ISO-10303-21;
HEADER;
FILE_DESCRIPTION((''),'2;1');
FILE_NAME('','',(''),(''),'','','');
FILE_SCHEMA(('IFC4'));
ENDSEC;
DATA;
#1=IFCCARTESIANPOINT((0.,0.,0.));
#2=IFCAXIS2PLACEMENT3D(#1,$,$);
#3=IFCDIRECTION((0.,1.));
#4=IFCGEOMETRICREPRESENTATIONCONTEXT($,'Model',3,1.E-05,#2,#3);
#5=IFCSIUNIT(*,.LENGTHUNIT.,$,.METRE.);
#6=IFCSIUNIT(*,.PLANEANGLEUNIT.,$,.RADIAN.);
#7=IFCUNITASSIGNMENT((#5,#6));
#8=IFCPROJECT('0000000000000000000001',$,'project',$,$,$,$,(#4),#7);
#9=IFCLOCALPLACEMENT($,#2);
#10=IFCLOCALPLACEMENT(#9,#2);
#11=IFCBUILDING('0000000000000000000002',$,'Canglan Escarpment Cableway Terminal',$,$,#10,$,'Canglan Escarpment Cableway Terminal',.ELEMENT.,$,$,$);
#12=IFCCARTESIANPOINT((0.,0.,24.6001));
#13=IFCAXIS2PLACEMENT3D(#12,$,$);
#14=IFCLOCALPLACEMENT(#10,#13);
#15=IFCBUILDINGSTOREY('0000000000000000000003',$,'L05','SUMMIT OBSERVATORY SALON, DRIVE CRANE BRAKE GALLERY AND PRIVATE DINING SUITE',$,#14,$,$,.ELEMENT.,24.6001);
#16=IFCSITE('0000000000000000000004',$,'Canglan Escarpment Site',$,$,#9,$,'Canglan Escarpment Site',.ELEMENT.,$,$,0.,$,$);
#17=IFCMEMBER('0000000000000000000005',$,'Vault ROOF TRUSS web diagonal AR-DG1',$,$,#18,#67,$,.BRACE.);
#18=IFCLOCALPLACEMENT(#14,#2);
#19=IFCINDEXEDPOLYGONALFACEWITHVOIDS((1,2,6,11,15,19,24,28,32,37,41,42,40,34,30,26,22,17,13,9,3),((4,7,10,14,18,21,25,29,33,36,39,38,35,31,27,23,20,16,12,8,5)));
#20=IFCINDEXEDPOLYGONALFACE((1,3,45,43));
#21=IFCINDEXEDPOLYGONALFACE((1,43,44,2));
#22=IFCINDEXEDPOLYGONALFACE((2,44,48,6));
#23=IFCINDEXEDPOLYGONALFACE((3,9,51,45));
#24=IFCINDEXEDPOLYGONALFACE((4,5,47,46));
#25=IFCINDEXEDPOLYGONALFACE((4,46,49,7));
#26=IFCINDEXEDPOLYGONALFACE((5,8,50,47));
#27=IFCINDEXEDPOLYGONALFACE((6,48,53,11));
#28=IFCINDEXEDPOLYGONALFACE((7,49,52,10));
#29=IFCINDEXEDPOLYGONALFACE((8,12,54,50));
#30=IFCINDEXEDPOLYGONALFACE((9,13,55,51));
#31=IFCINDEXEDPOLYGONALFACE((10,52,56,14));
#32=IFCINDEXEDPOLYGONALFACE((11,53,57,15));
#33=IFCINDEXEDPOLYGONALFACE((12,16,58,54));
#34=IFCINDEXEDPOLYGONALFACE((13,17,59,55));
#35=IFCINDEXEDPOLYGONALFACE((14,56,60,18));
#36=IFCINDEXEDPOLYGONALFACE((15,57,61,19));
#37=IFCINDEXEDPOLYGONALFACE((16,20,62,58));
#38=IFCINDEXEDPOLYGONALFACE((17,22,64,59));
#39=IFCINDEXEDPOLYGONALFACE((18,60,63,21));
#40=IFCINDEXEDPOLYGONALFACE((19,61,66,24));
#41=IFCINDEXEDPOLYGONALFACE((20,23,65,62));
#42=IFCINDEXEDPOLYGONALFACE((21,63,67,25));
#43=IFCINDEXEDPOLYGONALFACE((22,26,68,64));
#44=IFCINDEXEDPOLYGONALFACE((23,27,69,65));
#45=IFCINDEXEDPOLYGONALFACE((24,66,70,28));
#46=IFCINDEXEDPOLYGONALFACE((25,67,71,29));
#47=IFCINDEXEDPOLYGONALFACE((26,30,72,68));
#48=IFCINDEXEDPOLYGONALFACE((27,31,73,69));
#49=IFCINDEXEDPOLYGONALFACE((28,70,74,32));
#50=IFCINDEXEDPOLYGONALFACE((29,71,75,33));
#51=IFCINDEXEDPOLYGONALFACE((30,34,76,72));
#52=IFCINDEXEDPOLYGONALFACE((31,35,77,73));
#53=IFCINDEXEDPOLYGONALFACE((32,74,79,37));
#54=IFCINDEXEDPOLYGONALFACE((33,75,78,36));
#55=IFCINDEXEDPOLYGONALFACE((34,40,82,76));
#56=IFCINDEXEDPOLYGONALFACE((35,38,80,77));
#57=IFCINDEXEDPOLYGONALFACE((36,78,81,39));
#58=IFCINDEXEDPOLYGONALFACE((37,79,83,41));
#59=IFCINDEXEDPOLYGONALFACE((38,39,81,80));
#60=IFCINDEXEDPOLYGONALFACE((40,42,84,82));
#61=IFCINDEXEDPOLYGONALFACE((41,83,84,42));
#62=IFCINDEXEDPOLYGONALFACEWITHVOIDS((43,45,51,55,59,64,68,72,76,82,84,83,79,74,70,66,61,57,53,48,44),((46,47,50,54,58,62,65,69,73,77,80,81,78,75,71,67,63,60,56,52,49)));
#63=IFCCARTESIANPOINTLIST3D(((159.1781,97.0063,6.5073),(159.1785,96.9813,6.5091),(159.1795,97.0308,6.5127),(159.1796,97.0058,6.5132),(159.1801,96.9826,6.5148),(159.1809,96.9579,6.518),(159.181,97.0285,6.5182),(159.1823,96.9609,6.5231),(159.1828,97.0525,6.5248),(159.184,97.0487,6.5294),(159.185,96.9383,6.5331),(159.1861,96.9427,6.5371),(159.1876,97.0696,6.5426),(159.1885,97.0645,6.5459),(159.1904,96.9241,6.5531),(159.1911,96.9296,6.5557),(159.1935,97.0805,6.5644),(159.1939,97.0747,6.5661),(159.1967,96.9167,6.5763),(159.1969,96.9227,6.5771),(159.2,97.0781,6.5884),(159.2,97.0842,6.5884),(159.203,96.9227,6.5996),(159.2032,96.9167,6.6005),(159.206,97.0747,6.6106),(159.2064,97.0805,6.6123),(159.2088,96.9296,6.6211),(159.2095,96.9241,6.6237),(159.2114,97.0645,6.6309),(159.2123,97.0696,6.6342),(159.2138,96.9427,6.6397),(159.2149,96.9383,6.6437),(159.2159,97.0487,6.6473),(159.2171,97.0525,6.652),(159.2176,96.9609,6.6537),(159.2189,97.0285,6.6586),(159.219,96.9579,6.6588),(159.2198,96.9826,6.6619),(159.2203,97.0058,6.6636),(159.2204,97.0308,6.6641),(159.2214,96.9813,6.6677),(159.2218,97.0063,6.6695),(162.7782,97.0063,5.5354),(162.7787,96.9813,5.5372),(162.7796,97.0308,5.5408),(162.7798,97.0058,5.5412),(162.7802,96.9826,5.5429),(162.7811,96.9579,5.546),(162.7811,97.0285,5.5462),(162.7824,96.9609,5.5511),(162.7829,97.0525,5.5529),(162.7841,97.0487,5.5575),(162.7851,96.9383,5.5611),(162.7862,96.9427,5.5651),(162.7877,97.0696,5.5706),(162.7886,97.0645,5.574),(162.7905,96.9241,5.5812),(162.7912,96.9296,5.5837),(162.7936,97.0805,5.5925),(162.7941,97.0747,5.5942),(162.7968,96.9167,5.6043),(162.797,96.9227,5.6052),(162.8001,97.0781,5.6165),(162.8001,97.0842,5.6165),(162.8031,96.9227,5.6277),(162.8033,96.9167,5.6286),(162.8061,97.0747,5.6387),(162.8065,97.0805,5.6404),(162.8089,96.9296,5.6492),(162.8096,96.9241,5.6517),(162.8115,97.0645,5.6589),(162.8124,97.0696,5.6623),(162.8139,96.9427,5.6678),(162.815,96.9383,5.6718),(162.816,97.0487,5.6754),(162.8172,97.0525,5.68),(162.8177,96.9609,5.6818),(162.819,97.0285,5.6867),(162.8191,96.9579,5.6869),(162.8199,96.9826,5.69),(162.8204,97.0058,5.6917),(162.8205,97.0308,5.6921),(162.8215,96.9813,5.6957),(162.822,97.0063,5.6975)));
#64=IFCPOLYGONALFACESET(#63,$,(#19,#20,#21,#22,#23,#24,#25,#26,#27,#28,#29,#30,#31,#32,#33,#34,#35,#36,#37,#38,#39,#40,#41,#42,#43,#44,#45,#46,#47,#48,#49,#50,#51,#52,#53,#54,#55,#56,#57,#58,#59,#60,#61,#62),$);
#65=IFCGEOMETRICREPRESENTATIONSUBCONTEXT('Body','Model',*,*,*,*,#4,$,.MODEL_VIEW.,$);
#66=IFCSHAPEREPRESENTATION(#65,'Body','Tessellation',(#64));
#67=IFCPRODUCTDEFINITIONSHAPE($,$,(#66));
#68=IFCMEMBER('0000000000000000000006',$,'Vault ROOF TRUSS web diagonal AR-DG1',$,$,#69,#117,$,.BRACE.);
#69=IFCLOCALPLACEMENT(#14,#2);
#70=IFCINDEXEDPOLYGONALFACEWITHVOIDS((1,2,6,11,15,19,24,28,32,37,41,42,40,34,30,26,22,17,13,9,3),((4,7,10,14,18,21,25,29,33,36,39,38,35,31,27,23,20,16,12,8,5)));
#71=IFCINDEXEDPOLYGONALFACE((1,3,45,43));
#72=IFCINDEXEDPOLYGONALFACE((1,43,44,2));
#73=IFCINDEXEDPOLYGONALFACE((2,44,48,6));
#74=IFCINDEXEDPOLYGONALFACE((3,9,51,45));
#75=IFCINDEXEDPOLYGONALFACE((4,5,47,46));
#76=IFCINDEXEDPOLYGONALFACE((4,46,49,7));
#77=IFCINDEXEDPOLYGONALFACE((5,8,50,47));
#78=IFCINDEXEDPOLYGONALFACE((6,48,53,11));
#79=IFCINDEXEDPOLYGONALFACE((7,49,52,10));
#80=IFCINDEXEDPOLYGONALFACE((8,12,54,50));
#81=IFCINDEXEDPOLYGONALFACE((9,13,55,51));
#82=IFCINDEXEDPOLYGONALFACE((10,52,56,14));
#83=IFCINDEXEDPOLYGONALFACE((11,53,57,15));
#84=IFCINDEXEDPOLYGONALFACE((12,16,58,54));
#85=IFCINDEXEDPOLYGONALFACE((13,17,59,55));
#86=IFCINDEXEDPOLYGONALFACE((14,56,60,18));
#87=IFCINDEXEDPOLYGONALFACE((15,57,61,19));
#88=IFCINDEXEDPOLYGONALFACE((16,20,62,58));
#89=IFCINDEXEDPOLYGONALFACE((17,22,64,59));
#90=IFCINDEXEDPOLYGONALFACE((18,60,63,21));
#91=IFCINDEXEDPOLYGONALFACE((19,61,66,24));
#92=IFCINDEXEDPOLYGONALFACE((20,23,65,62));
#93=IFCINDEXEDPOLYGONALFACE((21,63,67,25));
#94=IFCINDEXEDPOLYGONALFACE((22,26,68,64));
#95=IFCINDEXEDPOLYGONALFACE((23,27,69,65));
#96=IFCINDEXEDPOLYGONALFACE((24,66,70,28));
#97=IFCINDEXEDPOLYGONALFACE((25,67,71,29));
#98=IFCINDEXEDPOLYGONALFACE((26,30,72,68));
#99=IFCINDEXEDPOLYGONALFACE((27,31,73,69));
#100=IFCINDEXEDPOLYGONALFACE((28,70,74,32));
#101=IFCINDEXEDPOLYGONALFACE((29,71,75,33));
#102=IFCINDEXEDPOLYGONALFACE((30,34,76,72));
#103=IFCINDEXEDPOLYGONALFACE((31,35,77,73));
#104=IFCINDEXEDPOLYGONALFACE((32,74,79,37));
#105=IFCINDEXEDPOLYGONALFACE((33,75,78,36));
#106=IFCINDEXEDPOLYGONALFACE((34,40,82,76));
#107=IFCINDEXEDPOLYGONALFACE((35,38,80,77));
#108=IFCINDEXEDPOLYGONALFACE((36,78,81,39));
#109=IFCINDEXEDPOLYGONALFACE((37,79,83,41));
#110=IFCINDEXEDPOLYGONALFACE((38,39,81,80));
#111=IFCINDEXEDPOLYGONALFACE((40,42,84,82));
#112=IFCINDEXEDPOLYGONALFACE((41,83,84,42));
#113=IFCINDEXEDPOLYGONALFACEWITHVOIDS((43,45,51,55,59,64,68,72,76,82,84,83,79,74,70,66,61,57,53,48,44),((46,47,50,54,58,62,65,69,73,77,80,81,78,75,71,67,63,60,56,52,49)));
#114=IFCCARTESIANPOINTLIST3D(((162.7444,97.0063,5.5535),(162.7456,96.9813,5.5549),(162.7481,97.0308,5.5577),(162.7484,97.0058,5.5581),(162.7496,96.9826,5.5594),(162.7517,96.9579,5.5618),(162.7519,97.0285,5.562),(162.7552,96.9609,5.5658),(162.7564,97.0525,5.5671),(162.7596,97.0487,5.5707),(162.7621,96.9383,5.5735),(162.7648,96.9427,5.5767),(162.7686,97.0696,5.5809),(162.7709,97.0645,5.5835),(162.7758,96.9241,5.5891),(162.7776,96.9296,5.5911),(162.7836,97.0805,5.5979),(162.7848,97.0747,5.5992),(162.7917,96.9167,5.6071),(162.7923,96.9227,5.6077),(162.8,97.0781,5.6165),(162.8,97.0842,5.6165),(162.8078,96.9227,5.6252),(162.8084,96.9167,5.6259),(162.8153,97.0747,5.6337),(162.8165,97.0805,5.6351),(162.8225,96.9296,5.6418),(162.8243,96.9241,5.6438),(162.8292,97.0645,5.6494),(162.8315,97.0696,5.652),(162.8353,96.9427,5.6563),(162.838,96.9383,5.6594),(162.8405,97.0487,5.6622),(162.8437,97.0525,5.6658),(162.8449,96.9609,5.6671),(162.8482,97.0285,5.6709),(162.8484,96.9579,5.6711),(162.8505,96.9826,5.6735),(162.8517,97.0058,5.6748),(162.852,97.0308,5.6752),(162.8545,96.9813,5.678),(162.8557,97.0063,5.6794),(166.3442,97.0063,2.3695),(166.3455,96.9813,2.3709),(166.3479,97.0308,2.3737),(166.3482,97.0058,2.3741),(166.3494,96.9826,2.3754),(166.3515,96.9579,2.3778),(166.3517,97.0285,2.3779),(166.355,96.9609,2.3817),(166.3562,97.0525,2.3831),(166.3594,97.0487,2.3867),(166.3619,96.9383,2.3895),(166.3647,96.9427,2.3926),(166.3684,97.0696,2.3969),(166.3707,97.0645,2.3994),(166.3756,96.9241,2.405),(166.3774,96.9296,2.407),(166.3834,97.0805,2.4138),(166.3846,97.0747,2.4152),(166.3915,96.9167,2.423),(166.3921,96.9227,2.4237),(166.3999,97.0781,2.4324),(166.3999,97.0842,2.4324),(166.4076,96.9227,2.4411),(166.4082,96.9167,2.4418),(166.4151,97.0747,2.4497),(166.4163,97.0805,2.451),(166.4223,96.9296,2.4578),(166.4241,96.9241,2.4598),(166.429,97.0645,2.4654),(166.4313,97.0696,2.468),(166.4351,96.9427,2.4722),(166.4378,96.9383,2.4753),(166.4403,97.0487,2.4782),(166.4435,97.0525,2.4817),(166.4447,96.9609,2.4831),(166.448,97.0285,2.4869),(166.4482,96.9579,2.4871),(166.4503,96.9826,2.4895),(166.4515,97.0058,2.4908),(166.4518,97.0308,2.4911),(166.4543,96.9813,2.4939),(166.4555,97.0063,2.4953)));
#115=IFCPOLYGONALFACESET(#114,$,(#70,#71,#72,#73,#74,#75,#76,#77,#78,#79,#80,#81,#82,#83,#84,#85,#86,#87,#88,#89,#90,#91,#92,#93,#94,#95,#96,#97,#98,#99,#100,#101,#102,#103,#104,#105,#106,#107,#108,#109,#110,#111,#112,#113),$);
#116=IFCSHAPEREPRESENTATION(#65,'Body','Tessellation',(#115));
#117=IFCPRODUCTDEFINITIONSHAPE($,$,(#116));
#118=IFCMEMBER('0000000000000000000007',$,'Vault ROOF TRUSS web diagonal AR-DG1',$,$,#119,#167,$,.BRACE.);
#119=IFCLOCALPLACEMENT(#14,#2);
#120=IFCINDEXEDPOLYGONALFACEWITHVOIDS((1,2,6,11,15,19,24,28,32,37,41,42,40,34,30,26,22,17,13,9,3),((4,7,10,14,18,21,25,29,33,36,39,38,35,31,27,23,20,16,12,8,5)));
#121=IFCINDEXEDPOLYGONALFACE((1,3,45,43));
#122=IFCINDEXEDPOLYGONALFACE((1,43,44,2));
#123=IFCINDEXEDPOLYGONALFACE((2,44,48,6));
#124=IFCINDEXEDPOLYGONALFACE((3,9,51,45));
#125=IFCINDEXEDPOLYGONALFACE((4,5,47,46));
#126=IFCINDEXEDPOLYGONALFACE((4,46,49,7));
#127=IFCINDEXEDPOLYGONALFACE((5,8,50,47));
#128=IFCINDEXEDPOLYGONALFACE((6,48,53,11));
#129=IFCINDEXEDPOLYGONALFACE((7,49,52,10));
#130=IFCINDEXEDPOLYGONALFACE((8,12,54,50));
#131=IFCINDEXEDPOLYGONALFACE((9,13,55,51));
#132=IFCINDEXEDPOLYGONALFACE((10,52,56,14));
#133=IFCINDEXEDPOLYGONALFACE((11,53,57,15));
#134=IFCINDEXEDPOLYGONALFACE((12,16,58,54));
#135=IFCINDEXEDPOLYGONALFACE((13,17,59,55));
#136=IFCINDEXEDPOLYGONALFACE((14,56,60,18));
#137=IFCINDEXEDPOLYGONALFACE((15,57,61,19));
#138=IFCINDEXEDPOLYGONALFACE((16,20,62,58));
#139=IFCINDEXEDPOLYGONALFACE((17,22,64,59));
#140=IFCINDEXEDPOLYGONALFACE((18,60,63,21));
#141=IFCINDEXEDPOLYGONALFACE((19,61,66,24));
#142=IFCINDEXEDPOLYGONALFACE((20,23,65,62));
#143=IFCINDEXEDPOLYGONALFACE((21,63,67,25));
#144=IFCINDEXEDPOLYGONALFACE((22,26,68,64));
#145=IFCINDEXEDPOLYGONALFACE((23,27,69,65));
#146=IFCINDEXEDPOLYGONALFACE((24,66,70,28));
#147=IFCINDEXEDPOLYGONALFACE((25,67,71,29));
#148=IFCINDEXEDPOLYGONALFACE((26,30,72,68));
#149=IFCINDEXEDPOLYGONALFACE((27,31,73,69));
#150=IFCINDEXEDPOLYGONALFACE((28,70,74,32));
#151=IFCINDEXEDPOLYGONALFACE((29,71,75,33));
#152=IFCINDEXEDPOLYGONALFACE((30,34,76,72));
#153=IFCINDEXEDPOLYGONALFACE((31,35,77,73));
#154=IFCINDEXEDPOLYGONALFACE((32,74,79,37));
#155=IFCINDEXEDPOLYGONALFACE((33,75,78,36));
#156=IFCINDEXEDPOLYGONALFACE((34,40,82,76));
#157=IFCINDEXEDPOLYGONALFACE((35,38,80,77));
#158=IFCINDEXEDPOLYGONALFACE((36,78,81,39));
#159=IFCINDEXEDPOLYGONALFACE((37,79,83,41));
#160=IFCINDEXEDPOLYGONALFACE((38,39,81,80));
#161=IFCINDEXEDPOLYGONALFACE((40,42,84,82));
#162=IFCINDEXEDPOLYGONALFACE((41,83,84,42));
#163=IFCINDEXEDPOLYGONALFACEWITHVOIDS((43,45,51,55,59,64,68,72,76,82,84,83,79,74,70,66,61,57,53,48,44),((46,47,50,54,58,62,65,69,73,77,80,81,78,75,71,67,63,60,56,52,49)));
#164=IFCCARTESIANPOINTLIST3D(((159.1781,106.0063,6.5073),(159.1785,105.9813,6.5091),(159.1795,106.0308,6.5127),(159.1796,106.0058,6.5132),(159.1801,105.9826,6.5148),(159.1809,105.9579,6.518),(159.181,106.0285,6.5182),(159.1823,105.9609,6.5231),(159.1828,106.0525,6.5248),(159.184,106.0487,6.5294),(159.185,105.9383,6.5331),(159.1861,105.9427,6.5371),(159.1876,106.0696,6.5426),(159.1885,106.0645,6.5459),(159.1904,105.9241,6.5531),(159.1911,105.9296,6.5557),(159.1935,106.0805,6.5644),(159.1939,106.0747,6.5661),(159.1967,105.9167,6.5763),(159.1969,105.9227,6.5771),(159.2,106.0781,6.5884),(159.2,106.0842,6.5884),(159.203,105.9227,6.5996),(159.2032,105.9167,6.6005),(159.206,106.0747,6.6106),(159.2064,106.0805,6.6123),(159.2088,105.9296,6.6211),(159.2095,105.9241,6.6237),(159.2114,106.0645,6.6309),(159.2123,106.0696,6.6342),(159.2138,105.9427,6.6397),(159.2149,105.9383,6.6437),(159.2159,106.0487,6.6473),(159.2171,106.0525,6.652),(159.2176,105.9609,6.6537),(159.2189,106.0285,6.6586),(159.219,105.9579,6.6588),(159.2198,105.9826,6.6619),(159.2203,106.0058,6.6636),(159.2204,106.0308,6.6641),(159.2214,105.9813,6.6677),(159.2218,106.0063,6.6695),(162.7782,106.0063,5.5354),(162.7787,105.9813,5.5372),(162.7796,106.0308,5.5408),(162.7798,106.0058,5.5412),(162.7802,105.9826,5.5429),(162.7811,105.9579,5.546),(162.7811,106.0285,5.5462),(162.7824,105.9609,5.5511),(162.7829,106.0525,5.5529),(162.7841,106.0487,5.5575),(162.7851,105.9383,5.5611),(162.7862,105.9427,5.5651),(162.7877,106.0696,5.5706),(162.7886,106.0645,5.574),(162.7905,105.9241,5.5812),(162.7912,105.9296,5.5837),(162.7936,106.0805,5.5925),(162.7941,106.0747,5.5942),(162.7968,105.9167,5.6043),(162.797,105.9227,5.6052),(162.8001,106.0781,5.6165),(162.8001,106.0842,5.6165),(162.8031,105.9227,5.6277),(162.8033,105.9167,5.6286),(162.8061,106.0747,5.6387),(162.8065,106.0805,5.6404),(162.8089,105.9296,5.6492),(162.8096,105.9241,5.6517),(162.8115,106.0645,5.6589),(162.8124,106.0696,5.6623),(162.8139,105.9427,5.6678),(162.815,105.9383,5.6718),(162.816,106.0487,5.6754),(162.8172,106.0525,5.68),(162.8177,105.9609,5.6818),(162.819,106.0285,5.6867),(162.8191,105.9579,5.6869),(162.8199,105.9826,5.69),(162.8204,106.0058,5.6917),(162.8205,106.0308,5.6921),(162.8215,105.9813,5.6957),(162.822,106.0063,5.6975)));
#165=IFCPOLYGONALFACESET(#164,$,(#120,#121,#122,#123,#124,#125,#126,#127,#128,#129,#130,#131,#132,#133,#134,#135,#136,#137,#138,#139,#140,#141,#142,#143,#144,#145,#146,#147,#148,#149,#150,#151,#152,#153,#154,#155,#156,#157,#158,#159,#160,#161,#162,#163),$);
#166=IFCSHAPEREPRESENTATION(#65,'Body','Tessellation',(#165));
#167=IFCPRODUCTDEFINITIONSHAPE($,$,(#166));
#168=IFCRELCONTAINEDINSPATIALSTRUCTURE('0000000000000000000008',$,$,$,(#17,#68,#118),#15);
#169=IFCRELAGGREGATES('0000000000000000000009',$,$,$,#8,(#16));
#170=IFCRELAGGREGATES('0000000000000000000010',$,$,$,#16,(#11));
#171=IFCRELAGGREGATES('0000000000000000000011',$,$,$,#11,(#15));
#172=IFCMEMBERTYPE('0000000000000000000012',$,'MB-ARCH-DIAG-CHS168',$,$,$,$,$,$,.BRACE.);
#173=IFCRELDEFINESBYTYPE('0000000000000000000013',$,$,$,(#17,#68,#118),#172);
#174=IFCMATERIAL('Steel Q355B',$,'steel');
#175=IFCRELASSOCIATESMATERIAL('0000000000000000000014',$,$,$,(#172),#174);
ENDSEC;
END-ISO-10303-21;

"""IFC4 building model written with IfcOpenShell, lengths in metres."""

from ifc_helpers import new_model, si_unit, direction, frame, origin, origin_2d, place, context, subcontext, project, spatial, hollow_circle, extrude, material, material_profile, profile_set, type_object, element, save


model = new_model("IFC4")

# Units and contexts
model_context = context("Model", 3, precision=1e-05, world=origin(), true_north=direction((0.0, 1.0)))
body_context = subcontext(model_context, "Body", "Model", "MODEL_VIEW")
ifc_project = project(units=[si_unit("LENGTHUNIT", "METRE"), si_unit("PLANEANGLEUNIT", "RADIAN")], contexts=[model_context])

# Site, building, storey
site_placement = place(None, origin())
site = spatial("IfcSite", under=ifc_project, at=site_placement, Name="Canglan Escarpment Site", LongName="Canglan Escarpment Site", CompositionType="ELEMENT", RefElevation=0.0)
building_placement = place(site_placement, origin())
building = spatial("IfcBuilding", under=site, at=building_placement, Name="Canglan Escarpment Cableway Terminal", LongName="Canglan Escarpment Cableway Terminal", CompositionType="ELEMENT")
storey_placement = place(building_placement, frame((0.0, 0.0, 24.6001)))
storey = spatial("IfcBuildingStorey", under=building, at=storey_placement, Name="L05", Description="SUMMIT OBSERVATORY SALON, DRIVE CRANE BRAKE GALLERY AND PRIVATE DINING SUITE", CompositionType="ELEMENT", Elevation=24.6001)

# Shared definitions
ifc_material = material(Name="Steel Q355B", Category="steel")

# Members
ifc_material_profile_1 = material_profile(ifc_material, hollow_circle(Radius=0.0842, WallThickness=0.0061, at=origin_2d()), Name="CHS 168.3x6")
ifc_profile_set_1 = profile_set([ifc_material_profile_1], Name="Steel Q355B")
member_type_1 = type_object("IfcMemberType", Name="MB-ARCH-DIAG-CHS168", PredefinedType="BRACE", material=ifc_profile_set_1)
member_1_placement = place(storey_placement, frame((159.2, 97.0, 6.5884), z_axis=(0.965436, 0.0, -0.26064), x_axis=(0.0, 1.0, 0.0)))
element("IfcMember", 1, at=member_1_placement, inside=storey, type_object=member_type_1, Name="Vault ROOF TRUSS web diagonal AR-DG1", PredefinedType="BRACE", context=body_context, shape_type="SweptSolid", body=[
    extrude(hollow_circle(Radius=0.0842, WallThickness=0.0061, at=origin_2d()), origin(), (0.0, 0.0, 1.0), 3.729),
])
member_2_placement = place(storey_placement, frame((162.8, 97.0, 5.6165), z_axis=(0.749038, 0.0, -0.662527), x_axis=(0.0, 1.0, 0.0)))
element("IfcMember", 2, at=member_2_placement, inside=storey, type_object=member_type_1, Name="Vault ROOF TRUSS web diagonal AR-DG1", PredefinedType="BRACE", context=body_context, shape_type="SweptSolid", body=[
    extrude(hollow_circle(Radius=0.0842, WallThickness=0.0061, at=origin_2d()), origin(), (0.0, 0.0, 1.0), 4.8059),
])
member_3_placement = place(storey_placement, frame((159.2, 106.0, 6.5884), z_axis=(0.965436, 0.0, -0.26064), x_axis=(0.0, 1.0, 0.0)))
element("IfcMember", 3, at=member_3_placement, inside=storey, type_object=member_type_1, Name="Vault ROOF TRUSS web diagonal AR-DG1", PredefinedType="BRACE", context=body_context, shape_type="SweptSolid", body=[
    extrude(hollow_circle(Radius=0.0842, WallThickness=0.0061, at=origin_2d()), origin(), (0.0, 0.0, 1.0), 3.729),
])

save(model, "model.ifc")
